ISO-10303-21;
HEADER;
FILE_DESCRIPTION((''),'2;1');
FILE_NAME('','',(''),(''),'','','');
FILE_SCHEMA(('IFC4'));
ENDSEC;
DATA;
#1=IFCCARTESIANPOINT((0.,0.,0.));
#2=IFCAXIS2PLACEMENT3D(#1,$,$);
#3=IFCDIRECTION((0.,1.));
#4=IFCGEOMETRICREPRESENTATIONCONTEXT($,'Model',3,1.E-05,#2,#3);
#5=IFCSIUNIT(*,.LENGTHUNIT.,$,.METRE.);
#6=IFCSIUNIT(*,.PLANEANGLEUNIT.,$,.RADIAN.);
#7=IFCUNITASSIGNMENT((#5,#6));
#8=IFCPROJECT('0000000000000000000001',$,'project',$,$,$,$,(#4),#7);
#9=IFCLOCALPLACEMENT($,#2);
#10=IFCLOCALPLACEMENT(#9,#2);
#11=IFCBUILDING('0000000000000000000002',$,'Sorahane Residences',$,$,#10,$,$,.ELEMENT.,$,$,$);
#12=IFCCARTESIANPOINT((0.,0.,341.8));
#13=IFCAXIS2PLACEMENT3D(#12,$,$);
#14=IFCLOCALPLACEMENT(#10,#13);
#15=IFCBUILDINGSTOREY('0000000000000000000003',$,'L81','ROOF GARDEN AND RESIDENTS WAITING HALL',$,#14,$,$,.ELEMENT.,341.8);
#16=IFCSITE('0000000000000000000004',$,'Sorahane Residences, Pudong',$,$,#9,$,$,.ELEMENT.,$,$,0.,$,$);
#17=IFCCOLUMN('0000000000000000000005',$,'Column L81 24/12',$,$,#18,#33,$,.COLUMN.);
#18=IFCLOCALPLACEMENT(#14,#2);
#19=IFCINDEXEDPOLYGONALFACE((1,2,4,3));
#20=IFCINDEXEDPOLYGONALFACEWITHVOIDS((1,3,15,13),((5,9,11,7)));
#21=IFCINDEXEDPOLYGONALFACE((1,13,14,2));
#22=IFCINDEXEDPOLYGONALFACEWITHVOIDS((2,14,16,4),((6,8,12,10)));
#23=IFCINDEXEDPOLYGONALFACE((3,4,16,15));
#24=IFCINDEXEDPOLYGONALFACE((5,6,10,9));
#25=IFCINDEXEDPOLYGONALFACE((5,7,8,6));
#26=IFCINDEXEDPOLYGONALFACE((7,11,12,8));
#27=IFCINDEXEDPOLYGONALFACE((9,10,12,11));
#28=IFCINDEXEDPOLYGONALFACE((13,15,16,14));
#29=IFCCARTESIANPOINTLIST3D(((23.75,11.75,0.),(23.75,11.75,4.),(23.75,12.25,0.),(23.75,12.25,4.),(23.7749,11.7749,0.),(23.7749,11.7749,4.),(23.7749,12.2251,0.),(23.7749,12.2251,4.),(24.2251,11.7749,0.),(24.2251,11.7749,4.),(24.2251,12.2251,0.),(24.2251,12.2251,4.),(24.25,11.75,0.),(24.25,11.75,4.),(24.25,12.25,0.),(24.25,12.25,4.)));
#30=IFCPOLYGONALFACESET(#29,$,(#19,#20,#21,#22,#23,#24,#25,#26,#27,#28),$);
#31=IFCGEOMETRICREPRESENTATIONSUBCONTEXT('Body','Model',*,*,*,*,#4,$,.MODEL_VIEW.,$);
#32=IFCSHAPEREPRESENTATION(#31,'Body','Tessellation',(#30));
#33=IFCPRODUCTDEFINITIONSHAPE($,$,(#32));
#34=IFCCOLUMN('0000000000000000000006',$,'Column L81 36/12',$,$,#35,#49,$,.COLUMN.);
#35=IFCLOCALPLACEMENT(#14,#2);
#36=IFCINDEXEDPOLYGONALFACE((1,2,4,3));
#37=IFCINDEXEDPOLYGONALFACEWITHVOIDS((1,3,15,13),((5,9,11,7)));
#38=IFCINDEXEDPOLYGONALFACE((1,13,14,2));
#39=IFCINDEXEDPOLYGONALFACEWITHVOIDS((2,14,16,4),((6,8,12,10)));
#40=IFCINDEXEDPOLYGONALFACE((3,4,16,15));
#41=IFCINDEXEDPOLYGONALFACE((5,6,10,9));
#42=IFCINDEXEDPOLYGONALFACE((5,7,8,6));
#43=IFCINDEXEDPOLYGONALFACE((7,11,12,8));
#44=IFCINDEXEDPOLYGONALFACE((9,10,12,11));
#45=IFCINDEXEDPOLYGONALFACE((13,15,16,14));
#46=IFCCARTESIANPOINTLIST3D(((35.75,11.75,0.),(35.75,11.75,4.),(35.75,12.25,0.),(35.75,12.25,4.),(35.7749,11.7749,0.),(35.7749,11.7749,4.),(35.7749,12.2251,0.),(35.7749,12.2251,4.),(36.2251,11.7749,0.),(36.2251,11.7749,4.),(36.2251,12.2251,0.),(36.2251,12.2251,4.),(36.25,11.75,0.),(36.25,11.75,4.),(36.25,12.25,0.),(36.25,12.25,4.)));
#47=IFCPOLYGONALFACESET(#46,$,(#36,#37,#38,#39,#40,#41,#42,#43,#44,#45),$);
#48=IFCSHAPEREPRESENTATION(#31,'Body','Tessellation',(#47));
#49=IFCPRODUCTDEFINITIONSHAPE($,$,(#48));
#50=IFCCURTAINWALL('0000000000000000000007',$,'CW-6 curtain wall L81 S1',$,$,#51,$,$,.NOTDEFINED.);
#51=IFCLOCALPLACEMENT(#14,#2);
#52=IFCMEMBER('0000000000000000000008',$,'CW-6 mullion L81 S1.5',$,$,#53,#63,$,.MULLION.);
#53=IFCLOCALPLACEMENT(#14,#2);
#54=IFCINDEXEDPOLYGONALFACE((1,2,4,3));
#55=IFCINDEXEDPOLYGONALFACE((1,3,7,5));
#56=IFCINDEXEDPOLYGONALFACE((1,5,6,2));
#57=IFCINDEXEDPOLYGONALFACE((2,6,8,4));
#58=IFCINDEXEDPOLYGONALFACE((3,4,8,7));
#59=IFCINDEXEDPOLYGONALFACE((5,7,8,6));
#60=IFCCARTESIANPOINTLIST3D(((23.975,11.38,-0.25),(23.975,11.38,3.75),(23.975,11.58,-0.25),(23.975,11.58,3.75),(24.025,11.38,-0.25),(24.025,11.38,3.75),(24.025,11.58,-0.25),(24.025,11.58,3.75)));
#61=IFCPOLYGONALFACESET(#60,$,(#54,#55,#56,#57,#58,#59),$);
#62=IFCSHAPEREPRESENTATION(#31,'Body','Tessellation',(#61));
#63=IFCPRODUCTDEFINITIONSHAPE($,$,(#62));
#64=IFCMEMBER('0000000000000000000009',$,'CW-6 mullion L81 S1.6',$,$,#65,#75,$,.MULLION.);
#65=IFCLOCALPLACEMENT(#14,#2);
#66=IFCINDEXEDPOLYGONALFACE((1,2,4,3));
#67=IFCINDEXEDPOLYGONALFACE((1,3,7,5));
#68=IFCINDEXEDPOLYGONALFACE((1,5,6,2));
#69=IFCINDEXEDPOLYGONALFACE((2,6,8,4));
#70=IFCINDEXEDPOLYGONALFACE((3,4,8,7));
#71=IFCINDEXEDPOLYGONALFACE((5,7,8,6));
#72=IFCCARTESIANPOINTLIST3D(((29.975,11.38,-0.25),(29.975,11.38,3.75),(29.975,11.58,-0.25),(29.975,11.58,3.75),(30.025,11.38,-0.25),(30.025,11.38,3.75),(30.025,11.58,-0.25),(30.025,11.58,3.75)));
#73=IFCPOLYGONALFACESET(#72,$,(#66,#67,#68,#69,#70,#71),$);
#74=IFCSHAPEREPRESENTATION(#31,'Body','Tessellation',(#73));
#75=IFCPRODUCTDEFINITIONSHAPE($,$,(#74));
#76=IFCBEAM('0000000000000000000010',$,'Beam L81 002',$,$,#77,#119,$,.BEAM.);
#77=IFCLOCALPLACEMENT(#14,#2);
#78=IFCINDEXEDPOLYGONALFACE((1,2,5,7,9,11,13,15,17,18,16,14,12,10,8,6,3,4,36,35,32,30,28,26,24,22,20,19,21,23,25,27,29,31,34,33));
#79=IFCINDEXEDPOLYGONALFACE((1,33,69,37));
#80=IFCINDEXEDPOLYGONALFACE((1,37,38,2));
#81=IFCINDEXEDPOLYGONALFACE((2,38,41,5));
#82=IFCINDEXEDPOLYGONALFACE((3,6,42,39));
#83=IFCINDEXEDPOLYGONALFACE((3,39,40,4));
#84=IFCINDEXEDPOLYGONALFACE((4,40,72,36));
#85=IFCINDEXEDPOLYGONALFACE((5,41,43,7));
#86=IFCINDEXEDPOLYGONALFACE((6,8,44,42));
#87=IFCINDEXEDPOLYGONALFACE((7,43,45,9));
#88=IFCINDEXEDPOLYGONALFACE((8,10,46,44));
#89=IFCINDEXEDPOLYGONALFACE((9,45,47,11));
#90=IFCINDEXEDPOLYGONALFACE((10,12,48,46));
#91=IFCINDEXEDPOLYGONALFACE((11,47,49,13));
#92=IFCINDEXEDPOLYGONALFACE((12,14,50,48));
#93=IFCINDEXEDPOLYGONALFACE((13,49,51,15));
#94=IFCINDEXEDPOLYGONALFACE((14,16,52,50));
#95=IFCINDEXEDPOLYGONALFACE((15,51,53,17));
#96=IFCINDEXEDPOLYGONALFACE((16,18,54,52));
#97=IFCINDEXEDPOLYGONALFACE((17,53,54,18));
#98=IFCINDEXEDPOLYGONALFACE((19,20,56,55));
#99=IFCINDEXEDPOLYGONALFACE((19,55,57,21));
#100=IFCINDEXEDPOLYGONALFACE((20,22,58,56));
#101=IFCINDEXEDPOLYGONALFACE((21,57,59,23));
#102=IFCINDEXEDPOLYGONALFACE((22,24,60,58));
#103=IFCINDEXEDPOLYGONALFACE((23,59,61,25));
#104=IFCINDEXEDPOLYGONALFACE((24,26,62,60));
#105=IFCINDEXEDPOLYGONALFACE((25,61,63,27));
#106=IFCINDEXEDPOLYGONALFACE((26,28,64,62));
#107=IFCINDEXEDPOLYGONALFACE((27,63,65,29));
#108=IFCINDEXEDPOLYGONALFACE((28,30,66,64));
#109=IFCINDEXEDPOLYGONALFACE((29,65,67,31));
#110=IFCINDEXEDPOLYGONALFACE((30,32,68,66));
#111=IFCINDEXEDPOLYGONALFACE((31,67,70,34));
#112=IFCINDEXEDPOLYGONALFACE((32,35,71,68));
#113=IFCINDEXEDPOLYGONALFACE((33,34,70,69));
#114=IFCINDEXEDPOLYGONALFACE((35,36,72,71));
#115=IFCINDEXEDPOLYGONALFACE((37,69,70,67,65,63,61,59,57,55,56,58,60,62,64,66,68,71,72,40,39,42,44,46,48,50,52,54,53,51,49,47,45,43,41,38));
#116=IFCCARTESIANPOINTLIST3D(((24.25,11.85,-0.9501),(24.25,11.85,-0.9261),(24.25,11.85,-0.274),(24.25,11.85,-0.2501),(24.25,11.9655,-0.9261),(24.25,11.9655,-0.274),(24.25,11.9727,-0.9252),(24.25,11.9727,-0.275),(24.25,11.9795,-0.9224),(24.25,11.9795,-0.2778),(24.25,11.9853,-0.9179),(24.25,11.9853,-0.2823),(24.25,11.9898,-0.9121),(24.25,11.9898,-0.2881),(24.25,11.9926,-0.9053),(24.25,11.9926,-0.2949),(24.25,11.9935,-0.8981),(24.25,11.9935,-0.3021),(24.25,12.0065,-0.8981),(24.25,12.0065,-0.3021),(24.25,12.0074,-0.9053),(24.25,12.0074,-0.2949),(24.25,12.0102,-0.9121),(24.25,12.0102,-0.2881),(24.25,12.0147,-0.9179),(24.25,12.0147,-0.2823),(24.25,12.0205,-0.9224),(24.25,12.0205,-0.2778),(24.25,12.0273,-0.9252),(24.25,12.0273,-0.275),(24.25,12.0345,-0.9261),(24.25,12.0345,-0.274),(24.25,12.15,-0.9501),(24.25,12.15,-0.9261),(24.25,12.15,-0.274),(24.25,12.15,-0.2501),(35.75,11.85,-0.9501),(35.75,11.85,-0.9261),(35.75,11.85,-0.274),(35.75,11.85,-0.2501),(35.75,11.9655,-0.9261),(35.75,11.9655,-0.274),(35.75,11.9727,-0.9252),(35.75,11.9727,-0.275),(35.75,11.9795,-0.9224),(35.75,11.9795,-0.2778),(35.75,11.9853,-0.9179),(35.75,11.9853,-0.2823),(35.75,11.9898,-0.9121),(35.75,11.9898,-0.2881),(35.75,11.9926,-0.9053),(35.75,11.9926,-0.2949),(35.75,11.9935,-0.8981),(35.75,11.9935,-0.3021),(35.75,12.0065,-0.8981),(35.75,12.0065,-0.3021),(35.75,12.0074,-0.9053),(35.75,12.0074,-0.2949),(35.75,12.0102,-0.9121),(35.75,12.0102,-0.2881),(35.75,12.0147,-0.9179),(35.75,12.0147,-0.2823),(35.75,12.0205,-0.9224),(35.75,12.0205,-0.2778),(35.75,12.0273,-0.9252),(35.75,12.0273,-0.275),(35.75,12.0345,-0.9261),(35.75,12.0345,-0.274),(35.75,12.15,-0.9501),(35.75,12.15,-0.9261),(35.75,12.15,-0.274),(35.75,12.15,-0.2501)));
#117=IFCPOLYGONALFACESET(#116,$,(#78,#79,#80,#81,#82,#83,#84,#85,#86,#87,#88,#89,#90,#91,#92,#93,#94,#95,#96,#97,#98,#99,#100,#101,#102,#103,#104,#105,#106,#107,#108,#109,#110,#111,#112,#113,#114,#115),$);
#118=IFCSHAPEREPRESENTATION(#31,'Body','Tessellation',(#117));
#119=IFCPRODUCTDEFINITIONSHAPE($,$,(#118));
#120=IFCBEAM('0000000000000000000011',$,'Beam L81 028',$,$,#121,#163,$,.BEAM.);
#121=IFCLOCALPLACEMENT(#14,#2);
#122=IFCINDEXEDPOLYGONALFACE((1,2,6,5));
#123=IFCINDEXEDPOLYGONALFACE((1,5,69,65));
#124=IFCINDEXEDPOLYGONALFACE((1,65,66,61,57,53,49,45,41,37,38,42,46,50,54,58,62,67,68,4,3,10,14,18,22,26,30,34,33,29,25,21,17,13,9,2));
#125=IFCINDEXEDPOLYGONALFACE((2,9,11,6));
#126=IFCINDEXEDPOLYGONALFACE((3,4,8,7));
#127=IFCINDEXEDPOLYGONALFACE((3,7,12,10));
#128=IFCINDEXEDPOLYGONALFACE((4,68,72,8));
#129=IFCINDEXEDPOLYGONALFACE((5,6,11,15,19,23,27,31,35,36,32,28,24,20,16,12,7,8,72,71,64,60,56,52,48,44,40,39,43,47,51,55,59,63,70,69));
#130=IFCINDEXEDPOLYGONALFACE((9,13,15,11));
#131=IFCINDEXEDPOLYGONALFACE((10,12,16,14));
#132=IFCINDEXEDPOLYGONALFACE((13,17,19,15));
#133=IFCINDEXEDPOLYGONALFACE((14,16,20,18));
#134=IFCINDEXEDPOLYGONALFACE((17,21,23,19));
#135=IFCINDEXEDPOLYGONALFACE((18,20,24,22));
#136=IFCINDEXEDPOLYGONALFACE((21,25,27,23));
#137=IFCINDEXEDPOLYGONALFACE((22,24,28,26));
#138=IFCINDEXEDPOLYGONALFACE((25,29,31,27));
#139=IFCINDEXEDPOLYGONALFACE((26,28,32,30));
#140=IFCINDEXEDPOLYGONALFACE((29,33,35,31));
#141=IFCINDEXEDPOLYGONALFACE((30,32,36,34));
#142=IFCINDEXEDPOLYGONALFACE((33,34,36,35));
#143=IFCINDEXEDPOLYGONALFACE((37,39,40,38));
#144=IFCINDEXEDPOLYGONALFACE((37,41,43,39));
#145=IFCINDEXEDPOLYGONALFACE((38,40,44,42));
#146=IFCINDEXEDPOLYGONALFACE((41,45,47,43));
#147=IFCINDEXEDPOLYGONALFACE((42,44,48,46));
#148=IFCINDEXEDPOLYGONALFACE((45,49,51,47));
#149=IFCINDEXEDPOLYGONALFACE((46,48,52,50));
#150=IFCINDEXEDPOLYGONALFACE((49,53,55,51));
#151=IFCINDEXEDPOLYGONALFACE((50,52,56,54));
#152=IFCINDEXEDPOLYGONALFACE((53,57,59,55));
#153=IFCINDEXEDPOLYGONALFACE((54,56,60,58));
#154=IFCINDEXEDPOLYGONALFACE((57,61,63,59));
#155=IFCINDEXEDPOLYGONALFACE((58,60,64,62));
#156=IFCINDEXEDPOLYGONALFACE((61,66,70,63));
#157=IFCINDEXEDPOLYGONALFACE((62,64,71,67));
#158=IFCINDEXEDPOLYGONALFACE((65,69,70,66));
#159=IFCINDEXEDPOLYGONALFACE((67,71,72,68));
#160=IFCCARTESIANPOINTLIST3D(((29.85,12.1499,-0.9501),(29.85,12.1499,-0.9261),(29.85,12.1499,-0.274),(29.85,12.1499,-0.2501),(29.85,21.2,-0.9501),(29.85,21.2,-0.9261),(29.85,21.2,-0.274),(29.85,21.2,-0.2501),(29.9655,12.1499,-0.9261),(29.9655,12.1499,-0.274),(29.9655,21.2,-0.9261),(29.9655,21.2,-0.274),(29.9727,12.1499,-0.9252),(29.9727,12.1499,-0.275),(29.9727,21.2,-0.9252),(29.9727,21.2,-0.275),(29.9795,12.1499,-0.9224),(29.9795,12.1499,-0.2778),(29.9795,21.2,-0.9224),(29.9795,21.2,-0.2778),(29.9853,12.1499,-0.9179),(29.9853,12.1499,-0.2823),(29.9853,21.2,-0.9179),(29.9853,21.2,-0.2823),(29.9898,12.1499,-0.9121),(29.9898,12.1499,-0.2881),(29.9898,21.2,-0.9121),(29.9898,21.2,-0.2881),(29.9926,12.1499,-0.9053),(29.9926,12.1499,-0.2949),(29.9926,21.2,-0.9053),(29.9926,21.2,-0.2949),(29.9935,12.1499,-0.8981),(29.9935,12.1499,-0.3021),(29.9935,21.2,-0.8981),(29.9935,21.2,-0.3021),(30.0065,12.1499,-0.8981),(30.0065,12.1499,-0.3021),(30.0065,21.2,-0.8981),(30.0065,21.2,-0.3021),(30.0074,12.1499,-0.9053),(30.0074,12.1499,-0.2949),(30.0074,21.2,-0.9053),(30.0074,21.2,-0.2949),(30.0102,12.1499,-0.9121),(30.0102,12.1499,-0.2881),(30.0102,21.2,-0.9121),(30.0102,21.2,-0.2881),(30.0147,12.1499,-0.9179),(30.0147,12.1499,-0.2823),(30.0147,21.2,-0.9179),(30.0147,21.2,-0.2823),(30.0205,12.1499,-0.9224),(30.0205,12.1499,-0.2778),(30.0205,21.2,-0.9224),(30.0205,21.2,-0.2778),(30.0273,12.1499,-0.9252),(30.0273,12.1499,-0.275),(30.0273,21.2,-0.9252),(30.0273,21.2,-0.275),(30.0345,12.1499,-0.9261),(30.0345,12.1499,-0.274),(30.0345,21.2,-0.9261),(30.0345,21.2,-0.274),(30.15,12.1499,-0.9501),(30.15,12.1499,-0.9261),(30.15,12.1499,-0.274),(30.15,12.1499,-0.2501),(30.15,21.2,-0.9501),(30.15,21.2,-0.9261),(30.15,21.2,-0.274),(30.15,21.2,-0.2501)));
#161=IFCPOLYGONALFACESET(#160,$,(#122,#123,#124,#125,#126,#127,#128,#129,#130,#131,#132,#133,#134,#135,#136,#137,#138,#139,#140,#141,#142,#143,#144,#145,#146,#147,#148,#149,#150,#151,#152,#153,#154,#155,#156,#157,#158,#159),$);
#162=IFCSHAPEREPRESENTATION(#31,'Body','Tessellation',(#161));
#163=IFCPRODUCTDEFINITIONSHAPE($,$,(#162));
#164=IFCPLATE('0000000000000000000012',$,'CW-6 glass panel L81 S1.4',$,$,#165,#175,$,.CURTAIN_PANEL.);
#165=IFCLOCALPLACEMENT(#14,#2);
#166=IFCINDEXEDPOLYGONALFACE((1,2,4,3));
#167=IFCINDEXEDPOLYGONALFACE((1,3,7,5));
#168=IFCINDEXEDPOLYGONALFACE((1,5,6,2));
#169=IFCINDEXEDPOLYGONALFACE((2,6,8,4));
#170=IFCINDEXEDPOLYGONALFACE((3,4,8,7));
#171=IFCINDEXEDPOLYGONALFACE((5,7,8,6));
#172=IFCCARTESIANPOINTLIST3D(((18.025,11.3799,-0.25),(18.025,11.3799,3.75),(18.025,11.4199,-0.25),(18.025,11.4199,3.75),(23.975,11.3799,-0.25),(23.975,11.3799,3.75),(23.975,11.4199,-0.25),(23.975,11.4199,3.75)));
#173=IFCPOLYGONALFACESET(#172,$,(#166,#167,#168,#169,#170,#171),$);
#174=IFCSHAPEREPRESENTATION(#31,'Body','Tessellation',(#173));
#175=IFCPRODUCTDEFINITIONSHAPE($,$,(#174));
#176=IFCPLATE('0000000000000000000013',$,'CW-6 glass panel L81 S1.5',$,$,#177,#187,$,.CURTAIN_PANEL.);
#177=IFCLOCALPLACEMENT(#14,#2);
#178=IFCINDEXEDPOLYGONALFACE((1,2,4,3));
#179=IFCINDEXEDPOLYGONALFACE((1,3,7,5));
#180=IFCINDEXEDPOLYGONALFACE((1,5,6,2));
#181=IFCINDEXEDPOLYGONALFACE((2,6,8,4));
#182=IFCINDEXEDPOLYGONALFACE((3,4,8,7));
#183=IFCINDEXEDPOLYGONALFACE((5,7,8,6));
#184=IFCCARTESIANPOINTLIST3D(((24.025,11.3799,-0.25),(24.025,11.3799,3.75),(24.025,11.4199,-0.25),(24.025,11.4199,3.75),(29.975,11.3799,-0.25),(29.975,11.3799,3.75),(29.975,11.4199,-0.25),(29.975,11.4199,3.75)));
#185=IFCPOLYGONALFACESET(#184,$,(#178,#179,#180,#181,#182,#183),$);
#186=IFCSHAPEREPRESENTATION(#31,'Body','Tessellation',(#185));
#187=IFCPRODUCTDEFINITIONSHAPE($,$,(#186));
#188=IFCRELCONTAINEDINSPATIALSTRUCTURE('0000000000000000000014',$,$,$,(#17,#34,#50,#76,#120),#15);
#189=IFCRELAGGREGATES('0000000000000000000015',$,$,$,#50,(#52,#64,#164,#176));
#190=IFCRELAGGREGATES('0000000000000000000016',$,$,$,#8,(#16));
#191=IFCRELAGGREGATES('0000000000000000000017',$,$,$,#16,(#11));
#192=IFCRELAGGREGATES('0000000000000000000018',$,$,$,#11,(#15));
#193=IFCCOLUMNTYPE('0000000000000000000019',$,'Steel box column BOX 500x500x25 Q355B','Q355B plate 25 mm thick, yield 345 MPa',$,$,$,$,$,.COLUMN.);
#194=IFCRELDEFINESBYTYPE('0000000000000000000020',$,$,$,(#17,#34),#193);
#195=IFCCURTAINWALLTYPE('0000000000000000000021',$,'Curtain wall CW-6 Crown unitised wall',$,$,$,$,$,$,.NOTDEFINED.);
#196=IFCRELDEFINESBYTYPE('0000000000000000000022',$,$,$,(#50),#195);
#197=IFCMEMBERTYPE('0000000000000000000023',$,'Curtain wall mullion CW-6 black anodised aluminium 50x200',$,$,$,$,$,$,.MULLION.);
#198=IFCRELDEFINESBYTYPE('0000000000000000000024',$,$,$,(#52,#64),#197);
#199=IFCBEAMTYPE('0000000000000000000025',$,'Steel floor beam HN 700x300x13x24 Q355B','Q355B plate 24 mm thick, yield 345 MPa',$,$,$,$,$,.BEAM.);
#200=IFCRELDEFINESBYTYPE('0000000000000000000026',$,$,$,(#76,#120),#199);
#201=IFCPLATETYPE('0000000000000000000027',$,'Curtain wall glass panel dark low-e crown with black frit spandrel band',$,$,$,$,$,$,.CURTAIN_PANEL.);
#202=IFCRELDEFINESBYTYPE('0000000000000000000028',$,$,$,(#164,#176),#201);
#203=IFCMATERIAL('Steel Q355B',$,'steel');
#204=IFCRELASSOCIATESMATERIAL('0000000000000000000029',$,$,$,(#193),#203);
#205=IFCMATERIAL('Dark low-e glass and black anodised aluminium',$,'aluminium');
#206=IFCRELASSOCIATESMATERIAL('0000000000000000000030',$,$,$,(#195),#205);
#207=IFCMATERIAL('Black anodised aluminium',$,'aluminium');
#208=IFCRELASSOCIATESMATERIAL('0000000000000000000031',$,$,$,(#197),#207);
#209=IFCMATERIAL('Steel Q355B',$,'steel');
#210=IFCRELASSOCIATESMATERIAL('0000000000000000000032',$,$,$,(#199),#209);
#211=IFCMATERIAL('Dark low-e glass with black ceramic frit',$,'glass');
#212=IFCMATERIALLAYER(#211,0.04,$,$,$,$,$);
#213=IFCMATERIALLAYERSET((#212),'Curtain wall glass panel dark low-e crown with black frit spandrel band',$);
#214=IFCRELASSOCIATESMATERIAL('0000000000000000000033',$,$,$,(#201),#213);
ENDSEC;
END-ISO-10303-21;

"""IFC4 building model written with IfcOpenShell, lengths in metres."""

from ifc_helpers import new_model, si_unit, direction, frame, origin, origin_2d, place, context, subcontext, project, spatial, rectangle, hollow_rectangle, i_section, extrude, material, layer, layer_set, material_profile, profile_set, type_object, element, aggregate, save


model = new_model("IFC4")

# Units and contexts
model_context = context("Model", 3, precision=1e-05, world=origin(), true_north=direction((0.0, 1.0)))
body_context = subcontext(model_context, "Body", "Model", "MODEL_VIEW")
ifc_project = project(units=[si_unit("LENGTHUNIT", "METRE"), si_unit("PLANEANGLEUNIT", "RADIAN")], contexts=[model_context])

# Site, building, storey
site_placement = place(None, origin())
site = spatial("IfcSite", under=ifc_project, at=site_placement, Name="Sorahane Residences, Pudong", CompositionType="ELEMENT", RefElevation=0.0)
building_placement = place(site_placement, origin())
building = spatial("IfcBuilding", under=site, at=building_placement, Name="Sorahane Residences", CompositionType="ELEMENT")
storey_placement = place(building_placement, frame((0.0, 0.0, 341.8)))
storey = spatial("IfcBuildingStorey", under=building, at=storey_placement, Name="L81", Description="ROOF GARDEN AND RESIDENTS WAITING HALL", CompositionType="ELEMENT", Elevation=341.8)

# Columns
ifc_material_1 = material(Name="Steel Q355B", Category="steel")
ifc_material_profile_1 = material_profile(ifc_material_1, hollow_rectangle(XDim=0.5, YDim=0.5, WallThickness=0.0249, at=origin_2d()), Name="BOX 500x500x25")
ifc_profile_set_1 = profile_set([ifc_material_profile_1], Name="Steel Q355B")
column_type = type_object("IfcColumnType", Name="Steel box column BOX 500x500x25 Q355B", Description="Q355B plate 25 mm thick, yield 345 MPa", PredefinedType="COLUMN", material=ifc_profile_set_1)
for number, where, z_axis, x_axis, name in (
    (1, (24.0, 12.0, 0.0), (0.0, 0.0, 1.0), (1.0, 0.0, 0.0), "Column L81 24/12"),
    (2, (36.0, 12.0, 0.0), (0.0, 0.0, 1.0), (1.0, 0.0, 0.0), "Column L81 36/12"),
):
    element("IfcColumn", number, at=place(storey_placement, frame(where, z_axis=z_axis, x_axis=x_axis)), inside=storey, type_object=column_type, Name=name, PredefinedType="COLUMN", context=body_context, shape_type="SweptSolid", body=[
        extrude(hollow_rectangle(XDim=0.5, YDim=0.5, WallThickness=0.0249, at=origin_2d()), origin(), (0.0, 0.0, 1.0), 4.0),
    ])

# Curtain wall, members
ifc_material_2 = material(Name="Dark low-e glass and black anodised aluminium", Category="aluminium")
curtain_wall_type = type_object("IfcCurtainWallType", Name="Curtain wall CW-6 Crown unitised wall", PredefinedType="NOTDEFINED", material=ifc_material_2)
curtain_wall_placement = place(storey_placement, origin())
curtain_wall = element("IfcCurtainWall", 3, at=curtain_wall_placement, inside=storey, type_object=curtain_wall_type, Name="CW-6 curtain wall L81 S1", PredefinedType="NOTDEFINED")
ifc_material_3 = material(Name="Black anodised aluminium", Category="aluminium")
ifc_material_profile_2 = material_profile(ifc_material_3, rectangle(XDim=0.2, YDim=0.05, at=origin_2d()), Name="Curtain wall mullion CW-6 black anodised aluminium 50x200")
ifc_profile_set_2 = profile_set([ifc_material_profile_2], Name="Black anodised aluminium")
member_type = type_object("IfcMemberType", Name="Curtain wall mullion CW-6 black anodised aluminium 50x200", PredefinedType="MULLION", material=ifc_profile_set_2)
member_1_placement = place(storey_placement, frame((24.0, 11.48, -0.25), z_axis=(0.0, 0.0, 1.0), x_axis=(0.0, -1.0, 0.0)))
member_1 = element("IfcMember", 4, at=member_1_placement, type_object=member_type, Name="CW-6 mullion L81 S1.5", PredefinedType="MULLION", context=body_context, shape_type="SweptSolid", body=[
    extrude(rectangle(XDim=0.2, YDim=0.05, at=origin_2d()), origin(), (0.0, 0.0, 1.0), 4.0),
])
member_2_placement = place(storey_placement, frame((30.0, 11.48, -0.25), z_axis=(0.0, 0.0, 1.0), x_axis=(0.0, -1.0, 0.0)))
member_2 = element("IfcMember", 5, at=member_2_placement, type_object=member_type, Name="CW-6 mullion L81 S1.6", PredefinedType="MULLION", context=body_context, shape_type="SweptSolid", body=[
    extrude(rectangle(XDim=0.2, YDim=0.05, at=origin_2d()), origin(), (0.0, 0.0, 1.0), 4.0),
])

# Beams
ifc_material_4 = material(Name="Steel Q355B", Category="steel")
ifc_material_profile_3 = material_profile(ifc_material_4, i_section(OverallWidth=0.3, OverallDepth=0.7, WebThickness=0.0129, FlangeThickness=0.0239, FilletRadius=0.0281, at=origin_2d()), Name="HN 700x300x13x24")
ifc_profile_set_3 = profile_set([ifc_material_profile_3], Name="Steel Q355B")
beam_type = type_object("IfcBeamType", Name="Steel floor beam HN 700x300x13x24 Q355B", Description="Q355B plate 24 mm thick, yield 345 MPa", PredefinedType="BEAM", material=ifc_profile_set_3)
beam_1_placement = place(storey_placement, frame((24.25, 12.0, -0.6001), z_axis=(1.0, 0.0, 0.0), x_axis=(0.0, 1.0, 0.0)))
element("IfcBeam", 6, at=beam_1_placement, inside=storey, type_object=beam_type, Name="Beam L81 002", PredefinedType="BEAM", context=body_context, shape_type="SweptSolid", body=[
    extrude(i_section(OverallWidth=0.3, OverallDepth=0.7, WebThickness=0.0129, FlangeThickness=0.0239, FilletRadius=0.0281, at=origin_2d()), origin(), (0.0, 0.0, 1.0), 11.5),
])
beam_2_placement = place(storey_placement, frame((30.0, 12.1499, -0.6001), z_axis=(0.0, 1.0, 0.0), x_axis=(-1.0, 0.0, 0.0)))
element("IfcBeam", 7, at=beam_2_placement, inside=storey, type_object=beam_type, Name="Beam L81 028", PredefinedType="BEAM", context=body_context, shape_type="SweptSolid", body=[
    extrude(i_section(OverallWidth=0.3, OverallDepth=0.7, WebThickness=0.0129, FlangeThickness=0.0239, FilletRadius=0.0281, at=origin_2d()), origin(), (0.0, 0.0, 1.0), 9.05),
])

# Plates
ifc_material_5 = material(Name="Dark low-e glass with black ceramic frit", Category="glass")
ifc_layer_1 = layer(ifc_material_5, 0.04)
ifc_layer_set_1 = layer_set([ifc_layer_1], Name="Curtain wall glass panel dark low-e crown with black frit spandrel band")
plate_type = type_object("IfcPlateType", Name="Curtain wall glass panel dark low-e crown with black frit spandrel band", PredefinedType="CURTAIN_PANEL", material=ifc_layer_set_1)
plate_1_placement = place(storey_placement, frame((21.0, 11.3999, -0.25), z_axis=(0.0, 0.0, 1.0), x_axis=(1.0, 0.0, 0.0)))
plate_1 = element("IfcPlate", 8, at=plate_1_placement, type_object=plate_type, Name="CW-6 glass panel L81 S1.4", PredefinedType="CURTAIN_PANEL", context=body_context, shape_type="SweptSolid", body=[
    extrude(rectangle(XDim=5.95, YDim=0.04, at=origin_2d()), origin(), (0.0, 0.0, 1.0), 4.0),
])
plate_2_placement = place(storey_placement, frame((27.0, 11.3999, -0.25), z_axis=(0.0, 0.0, 1.0), x_axis=(1.0, 0.0, 0.0)))
plate_2 = element("IfcPlate", 9, at=plate_2_placement, type_object=plate_type, Name="CW-6 glass panel L81 S1.5", PredefinedType="CURTAIN_PANEL", context=body_context, shape_type="SweptSolid", body=[
    extrude(rectangle(XDim=5.95, YDim=0.04, at=origin_2d()), origin(), (0.0, 0.0, 1.0), 4.0),
])
aggregate(curtain_wall, [member_1, member_2, plate_1, plate_2])

save(model, "model.ifc")
